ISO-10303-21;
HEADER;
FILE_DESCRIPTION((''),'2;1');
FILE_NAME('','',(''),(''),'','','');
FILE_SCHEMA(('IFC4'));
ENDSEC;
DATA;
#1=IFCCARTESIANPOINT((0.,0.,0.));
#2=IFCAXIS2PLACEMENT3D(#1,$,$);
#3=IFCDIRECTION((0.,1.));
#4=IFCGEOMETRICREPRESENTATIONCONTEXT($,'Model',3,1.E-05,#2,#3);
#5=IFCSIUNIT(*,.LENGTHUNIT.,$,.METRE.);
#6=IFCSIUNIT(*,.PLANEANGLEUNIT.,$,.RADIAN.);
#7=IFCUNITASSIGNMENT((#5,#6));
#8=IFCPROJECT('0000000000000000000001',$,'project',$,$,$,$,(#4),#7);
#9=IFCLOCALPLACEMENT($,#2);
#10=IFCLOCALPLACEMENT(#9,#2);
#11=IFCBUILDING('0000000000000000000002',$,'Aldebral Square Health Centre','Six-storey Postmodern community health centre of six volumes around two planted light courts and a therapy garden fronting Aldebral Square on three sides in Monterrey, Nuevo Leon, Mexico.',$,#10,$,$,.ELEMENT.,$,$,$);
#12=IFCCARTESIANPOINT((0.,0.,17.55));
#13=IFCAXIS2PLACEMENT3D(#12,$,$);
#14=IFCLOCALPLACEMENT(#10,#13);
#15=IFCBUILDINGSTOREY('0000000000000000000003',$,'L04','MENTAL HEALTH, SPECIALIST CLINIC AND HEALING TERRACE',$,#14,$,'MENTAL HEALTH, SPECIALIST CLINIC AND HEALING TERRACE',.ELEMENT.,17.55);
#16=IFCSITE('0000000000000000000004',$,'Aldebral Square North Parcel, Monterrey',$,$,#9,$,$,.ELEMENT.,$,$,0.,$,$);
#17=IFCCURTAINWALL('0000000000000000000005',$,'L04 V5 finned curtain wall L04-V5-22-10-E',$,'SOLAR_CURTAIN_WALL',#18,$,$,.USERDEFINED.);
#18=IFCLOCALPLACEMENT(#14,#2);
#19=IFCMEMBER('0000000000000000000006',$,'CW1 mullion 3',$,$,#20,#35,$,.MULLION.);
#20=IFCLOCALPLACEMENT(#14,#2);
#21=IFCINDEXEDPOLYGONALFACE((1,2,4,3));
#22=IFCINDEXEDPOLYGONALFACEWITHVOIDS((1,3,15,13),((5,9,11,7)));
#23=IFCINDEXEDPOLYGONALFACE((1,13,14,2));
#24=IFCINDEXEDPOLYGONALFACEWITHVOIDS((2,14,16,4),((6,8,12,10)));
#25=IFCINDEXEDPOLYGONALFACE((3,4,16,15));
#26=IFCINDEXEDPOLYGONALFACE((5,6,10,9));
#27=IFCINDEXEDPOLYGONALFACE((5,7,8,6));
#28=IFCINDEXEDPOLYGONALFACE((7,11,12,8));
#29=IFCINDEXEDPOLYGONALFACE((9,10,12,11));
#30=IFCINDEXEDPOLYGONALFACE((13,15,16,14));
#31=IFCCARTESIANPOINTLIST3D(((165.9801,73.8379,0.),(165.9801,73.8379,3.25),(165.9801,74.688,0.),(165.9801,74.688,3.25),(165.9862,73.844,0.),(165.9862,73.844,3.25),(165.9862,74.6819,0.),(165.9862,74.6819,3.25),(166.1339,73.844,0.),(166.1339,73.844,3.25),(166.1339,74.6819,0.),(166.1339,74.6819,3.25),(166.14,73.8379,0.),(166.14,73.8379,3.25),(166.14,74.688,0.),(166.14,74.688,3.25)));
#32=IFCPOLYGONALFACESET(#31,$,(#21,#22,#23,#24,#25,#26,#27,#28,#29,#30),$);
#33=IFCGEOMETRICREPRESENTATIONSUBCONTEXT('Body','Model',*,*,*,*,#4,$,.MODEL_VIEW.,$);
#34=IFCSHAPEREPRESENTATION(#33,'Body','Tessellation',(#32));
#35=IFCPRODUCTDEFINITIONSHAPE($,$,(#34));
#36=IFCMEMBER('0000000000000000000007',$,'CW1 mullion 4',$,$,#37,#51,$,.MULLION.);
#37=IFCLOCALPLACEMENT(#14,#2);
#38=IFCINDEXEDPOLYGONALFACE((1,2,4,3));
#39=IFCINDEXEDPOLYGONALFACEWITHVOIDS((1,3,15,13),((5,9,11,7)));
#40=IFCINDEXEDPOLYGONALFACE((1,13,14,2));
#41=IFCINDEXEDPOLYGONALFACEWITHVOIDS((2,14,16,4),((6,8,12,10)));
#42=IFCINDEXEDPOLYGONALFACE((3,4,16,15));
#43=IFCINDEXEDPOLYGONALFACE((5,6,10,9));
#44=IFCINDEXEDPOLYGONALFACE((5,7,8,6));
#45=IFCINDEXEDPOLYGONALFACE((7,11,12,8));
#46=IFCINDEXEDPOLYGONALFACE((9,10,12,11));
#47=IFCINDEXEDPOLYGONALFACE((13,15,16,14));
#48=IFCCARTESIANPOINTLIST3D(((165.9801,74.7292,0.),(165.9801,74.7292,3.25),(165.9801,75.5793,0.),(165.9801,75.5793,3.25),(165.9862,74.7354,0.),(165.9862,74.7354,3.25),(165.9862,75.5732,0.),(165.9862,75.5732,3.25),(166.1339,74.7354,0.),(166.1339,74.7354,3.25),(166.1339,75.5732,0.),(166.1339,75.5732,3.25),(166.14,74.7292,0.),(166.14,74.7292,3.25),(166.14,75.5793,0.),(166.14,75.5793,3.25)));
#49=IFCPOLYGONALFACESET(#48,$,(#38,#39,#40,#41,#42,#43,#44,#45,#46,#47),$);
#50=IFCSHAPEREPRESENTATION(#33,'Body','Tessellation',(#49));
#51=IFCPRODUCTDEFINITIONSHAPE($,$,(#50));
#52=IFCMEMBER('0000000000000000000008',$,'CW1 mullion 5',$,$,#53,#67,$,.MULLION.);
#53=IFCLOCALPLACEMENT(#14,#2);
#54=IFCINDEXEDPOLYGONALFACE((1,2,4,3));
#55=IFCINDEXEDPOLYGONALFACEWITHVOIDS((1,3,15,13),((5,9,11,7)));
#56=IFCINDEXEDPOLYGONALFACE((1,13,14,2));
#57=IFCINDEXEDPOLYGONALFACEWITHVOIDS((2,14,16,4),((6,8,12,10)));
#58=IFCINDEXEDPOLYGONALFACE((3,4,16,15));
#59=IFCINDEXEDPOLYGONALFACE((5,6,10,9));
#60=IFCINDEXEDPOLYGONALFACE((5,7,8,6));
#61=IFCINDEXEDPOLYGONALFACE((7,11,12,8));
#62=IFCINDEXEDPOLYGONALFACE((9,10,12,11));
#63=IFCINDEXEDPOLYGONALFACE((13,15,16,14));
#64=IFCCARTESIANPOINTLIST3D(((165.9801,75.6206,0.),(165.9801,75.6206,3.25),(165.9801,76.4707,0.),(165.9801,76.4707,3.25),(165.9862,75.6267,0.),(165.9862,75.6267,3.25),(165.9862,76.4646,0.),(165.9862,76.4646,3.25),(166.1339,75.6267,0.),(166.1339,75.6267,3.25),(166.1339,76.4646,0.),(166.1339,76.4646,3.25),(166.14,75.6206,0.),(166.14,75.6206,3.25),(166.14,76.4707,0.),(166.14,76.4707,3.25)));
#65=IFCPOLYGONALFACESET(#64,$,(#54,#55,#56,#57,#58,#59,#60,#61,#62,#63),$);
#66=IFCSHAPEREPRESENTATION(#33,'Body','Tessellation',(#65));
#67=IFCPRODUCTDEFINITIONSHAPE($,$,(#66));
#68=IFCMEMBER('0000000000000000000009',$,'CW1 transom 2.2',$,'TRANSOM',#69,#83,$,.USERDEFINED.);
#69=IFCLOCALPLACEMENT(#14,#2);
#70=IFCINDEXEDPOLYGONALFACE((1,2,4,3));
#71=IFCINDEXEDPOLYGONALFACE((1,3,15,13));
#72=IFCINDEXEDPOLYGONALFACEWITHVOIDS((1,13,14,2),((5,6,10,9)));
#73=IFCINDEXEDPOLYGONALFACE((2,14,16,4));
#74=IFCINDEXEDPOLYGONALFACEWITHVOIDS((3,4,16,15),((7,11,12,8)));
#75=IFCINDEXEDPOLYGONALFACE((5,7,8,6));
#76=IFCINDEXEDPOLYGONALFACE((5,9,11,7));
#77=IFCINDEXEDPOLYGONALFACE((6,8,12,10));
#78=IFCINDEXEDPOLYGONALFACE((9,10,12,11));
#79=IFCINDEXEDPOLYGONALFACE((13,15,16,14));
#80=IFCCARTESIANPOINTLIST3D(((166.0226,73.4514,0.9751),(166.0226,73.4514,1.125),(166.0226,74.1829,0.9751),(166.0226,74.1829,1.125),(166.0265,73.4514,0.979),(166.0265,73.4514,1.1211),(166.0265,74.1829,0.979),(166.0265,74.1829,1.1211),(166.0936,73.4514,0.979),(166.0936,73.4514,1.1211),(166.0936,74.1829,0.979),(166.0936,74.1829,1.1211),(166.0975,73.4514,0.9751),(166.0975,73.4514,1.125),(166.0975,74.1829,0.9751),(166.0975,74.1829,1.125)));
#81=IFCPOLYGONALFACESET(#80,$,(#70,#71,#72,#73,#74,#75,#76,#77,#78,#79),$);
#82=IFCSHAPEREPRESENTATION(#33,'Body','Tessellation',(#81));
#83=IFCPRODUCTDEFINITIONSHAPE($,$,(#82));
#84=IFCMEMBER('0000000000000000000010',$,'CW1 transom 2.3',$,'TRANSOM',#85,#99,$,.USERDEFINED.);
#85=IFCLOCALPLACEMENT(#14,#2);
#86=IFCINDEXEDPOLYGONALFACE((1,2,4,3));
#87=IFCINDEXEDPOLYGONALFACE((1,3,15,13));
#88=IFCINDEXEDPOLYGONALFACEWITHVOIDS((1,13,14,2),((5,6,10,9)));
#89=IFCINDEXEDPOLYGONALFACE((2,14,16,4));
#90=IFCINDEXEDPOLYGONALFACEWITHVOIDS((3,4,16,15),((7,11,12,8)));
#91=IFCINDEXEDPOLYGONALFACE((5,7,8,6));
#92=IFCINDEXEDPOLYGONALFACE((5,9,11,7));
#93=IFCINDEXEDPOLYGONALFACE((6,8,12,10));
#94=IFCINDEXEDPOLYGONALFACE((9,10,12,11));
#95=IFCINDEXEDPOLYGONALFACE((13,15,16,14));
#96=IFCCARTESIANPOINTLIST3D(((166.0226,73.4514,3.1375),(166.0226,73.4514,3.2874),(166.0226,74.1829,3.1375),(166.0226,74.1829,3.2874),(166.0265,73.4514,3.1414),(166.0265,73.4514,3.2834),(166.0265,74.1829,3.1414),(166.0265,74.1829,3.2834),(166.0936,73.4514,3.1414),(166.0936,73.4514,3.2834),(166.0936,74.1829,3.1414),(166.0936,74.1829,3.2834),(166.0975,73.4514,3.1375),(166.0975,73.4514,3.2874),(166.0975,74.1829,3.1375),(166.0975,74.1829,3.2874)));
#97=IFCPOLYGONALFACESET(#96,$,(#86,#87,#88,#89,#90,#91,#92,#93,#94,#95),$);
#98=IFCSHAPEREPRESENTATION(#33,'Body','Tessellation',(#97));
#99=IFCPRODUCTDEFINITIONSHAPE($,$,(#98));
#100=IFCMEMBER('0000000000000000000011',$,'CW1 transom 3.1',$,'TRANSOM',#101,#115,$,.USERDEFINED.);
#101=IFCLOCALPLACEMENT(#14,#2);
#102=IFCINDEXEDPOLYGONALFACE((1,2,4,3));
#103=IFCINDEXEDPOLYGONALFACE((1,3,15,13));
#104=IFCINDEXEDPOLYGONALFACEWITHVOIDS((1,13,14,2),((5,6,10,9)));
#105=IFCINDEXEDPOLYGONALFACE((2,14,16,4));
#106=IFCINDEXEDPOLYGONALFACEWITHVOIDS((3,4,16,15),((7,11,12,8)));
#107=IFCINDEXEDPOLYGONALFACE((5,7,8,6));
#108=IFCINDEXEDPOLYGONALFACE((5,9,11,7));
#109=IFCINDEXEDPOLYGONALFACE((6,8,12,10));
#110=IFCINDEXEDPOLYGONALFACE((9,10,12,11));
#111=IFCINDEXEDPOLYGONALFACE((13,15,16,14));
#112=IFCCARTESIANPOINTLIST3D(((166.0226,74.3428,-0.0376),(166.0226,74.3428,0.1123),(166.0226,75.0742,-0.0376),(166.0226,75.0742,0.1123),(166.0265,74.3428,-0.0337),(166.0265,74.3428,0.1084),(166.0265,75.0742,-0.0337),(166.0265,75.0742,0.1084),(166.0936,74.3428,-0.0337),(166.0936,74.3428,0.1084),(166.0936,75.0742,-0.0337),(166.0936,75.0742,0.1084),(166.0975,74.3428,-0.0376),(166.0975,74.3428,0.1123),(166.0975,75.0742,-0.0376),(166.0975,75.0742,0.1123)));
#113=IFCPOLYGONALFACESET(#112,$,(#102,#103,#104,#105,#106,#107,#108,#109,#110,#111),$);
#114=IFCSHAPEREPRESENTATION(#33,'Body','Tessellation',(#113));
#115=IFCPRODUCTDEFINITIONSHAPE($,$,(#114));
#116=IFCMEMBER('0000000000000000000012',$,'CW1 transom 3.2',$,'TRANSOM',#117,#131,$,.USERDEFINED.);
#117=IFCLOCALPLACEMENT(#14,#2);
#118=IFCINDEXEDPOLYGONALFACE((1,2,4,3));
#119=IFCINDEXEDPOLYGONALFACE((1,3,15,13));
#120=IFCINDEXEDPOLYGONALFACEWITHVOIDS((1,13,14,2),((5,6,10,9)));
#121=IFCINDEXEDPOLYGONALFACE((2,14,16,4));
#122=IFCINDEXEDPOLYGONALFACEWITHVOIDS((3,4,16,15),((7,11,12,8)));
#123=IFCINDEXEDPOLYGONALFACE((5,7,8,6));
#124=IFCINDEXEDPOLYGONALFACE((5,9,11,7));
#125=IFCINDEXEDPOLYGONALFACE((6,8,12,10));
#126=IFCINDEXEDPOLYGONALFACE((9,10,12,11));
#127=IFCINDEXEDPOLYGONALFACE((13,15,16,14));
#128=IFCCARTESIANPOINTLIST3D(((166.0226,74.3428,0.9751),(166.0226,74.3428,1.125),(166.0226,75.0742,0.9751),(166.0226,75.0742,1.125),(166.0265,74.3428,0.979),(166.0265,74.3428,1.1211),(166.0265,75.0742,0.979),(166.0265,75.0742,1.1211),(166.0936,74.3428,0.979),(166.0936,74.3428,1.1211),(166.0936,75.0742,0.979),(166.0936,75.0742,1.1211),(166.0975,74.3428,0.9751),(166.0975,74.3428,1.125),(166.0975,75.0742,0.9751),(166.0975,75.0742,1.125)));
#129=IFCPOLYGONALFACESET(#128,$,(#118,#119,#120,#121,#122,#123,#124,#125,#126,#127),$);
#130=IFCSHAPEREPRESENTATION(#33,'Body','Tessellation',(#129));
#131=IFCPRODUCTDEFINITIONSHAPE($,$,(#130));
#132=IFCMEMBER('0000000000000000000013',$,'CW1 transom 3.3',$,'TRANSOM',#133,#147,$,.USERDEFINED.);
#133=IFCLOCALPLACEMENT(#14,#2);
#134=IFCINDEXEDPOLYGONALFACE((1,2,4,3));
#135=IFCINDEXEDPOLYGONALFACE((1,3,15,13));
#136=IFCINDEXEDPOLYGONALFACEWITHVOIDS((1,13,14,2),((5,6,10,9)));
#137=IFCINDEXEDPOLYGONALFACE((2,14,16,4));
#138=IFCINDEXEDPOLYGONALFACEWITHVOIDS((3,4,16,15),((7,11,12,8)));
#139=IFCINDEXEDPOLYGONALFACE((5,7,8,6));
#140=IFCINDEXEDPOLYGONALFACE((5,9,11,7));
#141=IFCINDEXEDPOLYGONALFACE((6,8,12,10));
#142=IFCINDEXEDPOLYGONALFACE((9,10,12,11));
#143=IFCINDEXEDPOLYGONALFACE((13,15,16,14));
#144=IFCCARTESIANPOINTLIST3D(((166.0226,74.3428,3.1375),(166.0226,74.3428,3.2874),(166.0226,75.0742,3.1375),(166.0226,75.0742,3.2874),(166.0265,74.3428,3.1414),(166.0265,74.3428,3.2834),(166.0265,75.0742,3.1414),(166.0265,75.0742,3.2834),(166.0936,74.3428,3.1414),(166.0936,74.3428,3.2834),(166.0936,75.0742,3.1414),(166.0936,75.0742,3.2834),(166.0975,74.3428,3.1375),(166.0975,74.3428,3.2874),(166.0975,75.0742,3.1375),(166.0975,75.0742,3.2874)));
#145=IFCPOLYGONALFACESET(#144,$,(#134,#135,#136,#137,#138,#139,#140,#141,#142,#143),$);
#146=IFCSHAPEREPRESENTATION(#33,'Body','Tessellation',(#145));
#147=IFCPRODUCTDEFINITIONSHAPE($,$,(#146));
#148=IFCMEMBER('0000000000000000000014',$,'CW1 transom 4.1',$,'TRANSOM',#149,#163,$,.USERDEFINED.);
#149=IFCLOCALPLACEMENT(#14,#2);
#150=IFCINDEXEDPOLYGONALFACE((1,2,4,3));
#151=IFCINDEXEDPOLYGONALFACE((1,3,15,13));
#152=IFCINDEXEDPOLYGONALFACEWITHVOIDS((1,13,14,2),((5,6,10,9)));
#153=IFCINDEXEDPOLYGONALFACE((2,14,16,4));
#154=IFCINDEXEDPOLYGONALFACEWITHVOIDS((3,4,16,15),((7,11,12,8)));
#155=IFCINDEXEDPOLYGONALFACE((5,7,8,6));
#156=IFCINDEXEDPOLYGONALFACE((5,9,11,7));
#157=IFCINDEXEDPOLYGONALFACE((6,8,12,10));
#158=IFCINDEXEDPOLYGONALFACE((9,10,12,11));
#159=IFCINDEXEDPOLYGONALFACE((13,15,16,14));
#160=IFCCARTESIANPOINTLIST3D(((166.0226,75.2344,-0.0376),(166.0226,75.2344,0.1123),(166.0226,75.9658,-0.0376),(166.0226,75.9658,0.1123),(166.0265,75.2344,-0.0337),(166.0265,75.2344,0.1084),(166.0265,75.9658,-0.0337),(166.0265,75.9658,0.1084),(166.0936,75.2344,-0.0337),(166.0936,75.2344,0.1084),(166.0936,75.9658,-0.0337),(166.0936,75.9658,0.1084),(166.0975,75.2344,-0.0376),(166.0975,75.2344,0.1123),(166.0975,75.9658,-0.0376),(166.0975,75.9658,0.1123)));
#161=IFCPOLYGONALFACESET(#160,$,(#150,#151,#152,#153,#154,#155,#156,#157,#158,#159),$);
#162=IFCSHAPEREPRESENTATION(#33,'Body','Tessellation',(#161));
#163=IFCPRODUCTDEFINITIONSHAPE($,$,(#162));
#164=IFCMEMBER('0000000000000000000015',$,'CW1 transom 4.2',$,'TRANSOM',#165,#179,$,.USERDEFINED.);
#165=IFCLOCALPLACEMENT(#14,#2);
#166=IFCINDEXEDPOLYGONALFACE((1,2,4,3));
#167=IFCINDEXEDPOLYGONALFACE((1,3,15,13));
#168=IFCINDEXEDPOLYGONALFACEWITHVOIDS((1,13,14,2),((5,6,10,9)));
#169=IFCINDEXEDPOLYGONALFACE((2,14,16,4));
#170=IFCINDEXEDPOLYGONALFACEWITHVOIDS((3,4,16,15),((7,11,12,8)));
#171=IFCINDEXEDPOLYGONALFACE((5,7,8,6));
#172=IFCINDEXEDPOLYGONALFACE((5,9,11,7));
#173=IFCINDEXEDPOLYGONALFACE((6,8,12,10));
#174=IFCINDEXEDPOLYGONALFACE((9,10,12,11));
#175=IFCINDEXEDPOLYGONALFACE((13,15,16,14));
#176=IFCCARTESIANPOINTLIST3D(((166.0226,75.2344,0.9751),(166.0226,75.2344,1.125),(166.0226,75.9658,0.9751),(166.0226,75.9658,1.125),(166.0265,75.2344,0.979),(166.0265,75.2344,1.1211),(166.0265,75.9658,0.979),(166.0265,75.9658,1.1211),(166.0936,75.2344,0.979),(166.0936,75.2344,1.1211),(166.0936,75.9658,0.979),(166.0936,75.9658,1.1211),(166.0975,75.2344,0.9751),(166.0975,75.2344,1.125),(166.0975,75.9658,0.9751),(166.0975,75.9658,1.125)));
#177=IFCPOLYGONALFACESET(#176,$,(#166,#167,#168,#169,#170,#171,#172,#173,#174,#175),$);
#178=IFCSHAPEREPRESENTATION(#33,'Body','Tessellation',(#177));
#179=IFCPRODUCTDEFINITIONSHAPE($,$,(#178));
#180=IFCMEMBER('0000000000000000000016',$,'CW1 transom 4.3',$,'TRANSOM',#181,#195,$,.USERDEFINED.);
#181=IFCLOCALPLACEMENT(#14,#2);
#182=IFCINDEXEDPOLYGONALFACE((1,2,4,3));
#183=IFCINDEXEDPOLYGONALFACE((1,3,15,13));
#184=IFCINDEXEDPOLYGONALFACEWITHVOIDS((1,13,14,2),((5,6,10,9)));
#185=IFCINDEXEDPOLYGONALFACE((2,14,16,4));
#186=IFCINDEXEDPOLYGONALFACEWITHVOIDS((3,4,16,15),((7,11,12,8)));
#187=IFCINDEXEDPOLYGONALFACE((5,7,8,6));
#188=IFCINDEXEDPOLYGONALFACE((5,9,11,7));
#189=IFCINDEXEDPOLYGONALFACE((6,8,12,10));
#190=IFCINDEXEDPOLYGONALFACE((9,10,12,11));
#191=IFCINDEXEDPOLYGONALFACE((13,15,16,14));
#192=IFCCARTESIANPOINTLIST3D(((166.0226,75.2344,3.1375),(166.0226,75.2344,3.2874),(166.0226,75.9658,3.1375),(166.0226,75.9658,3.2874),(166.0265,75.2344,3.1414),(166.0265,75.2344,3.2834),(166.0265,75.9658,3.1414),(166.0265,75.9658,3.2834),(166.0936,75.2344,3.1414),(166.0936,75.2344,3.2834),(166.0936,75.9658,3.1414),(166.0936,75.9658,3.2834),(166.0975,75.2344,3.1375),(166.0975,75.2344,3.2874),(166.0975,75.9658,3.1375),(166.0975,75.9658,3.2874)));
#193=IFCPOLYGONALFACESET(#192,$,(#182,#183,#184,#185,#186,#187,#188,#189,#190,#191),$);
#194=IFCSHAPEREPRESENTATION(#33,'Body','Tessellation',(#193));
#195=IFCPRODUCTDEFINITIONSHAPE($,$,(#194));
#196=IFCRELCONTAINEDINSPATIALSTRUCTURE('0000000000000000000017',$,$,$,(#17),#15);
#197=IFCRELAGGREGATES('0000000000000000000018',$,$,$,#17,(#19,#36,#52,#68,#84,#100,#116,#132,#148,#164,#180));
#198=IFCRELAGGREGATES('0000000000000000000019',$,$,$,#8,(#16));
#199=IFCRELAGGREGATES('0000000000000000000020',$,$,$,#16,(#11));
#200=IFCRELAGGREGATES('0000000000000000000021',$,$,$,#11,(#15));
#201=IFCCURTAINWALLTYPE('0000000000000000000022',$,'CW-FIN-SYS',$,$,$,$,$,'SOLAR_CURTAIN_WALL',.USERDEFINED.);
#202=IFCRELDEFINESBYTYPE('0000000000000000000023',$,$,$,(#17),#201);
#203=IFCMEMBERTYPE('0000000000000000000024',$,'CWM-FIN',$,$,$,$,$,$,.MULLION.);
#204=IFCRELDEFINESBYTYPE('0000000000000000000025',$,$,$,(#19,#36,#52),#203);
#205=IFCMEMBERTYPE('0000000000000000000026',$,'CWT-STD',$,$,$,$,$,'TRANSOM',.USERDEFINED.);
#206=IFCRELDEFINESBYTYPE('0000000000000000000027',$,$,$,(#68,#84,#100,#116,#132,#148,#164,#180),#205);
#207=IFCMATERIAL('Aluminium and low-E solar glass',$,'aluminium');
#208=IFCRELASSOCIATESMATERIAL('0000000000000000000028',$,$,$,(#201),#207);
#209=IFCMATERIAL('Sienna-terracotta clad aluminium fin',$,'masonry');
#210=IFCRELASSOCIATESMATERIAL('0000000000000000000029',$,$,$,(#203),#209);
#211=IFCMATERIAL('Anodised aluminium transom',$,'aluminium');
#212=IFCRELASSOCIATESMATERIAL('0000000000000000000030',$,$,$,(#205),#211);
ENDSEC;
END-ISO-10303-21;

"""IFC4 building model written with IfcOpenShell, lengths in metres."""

from ifc_helpers import new_model, si_unit, direction, frame, origin, origin_2d, place, context, subcontext, project, spatial, hollow_rectangle, extrude, material, material_profile, profile_set, type_object, element, aggregate, save


model = new_model("IFC4")

# Units and contexts
model_context = context("Model", 3, precision=1e-05, world=origin(), true_north=direction((0.0, 1.0)))
body_context = subcontext(model_context, "Body", "Model", "MODEL_VIEW")
ifc_project = project(units=[si_unit("LENGTHUNIT", "METRE"), si_unit("PLANEANGLEUNIT", "RADIAN")], contexts=[model_context])

# Site, building, storey
site_placement = place(None, origin())
site = spatial("IfcSite", under=ifc_project, at=site_placement, Name="Aldebral Square North Parcel, Monterrey", CompositionType="ELEMENT", RefElevation=0.0)
building_placement = place(site_placement, origin())
building = spatial("IfcBuilding", under=site, at=building_placement, Name="Aldebral Square Health Centre", Description="Six-storey Postmodern community health centre of six volumes around two planted light courts and a therapy garden fronting Aldebral Square on three sides in Monterrey, Nuevo Leon, Mexico.", CompositionType="ELEMENT")
storey_placement = place(building_placement, frame((0.0, 0.0, 17.55)))
storey = spatial("IfcBuildingStorey", under=building, at=storey_placement, Name="L04", Description="MENTAL HEALTH, SPECIALIST CLINIC AND HEALING TERRACE", LongName="MENTAL HEALTH, SPECIALIST CLINIC AND HEALING TERRACE", CompositionType="ELEMENT", Elevation=17.55)

# Curtain wall, members
ifc_material_1 = material(Name="Aluminium and low-E solar glass", Category="aluminium")
curtain_wall_type = type_object("IfcCurtainWallType", Name="CW-FIN-SYS", ElementType="SOLAR_CURTAIN_WALL", PredefinedType="USERDEFINED", material=ifc_material_1)
curtain_wall_placement = place(storey_placement, origin())
curtain_wall = element("IfcCurtainWall", 1, at=curtain_wall_placement, inside=storey, type_object=curtain_wall_type, Name="L04 V5 finned curtain wall L04-V5-22-10-E", ObjectType="SOLAR_CURTAIN_WALL", PredefinedType="USERDEFINED")
ifc_material_2 = material(Name="Sienna-terracotta clad aluminium fin", Category="masonry")
ifc_material_profile_1 = material_profile(ifc_material_2, hollow_rectangle(XDim=0.1599, YDim=0.8501, WallThickness=0.0061, at=origin_2d()), Name="FIN 160x850x6")
ifc_profile_set_1 = profile_set([ifc_material_profile_1], Name="Sienna-terracotta clad aluminium fin")
member_type_1 = type_object("IfcMemberType", Name="CWM-FIN", PredefinedType="MULLION", material=ifc_profile_set_1)
member_1_placement = place(storey_placement, frame((166.0601, 74.2629, 0.0), z_axis=(0.0, 0.0, 1.0), x_axis=(-1.0, 0.0, 0.0)))
member_1 = element("IfcMember", 2, at=member_1_placement, type_object=member_type_1, Name="CW1 mullion 3", PredefinedType="MULLION", context=body_context, shape_type="SweptSolid", body=[
    extrude(hollow_rectangle(XDim=0.1599, YDim=0.8501, WallThickness=0.0061, at=origin_2d()), origin(), (0.0, 0.0, 1.0), 3.25),
])
member_2_placement = place(storey_placement, frame((166.0601, 75.1543, 0.0), z_axis=(0.0, 0.0, 1.0), x_axis=(-1.0, 0.0, 0.0)))
member_2 = element("IfcMember", 3, at=member_2_placement, type_object=member_type_1, Name="CW1 mullion 4", PredefinedType="MULLION", context=body_context, shape_type="SweptSolid", body=[
    extrude(hollow_rectangle(XDim=0.1599, YDim=0.8501, WallThickness=0.0061, at=origin_2d()), origin(), (0.0, 0.0, 1.0), 3.25),
])
member_3_placement = place(storey_placement, frame((166.0601, 76.0457, 0.0), z_axis=(0.0, 0.0, 1.0), x_axis=(-1.0, 0.0, 0.0)))
member_3 = element("IfcMember", 4, at=member_3_placement, type_object=member_type_1, Name="CW1 mullion 5", PredefinedType="MULLION", context=body_context, shape_type="SweptSolid", body=[
    extrude(hollow_rectangle(XDim=0.1599, YDim=0.8501, WallThickness=0.0061, at=origin_2d()), origin(), (0.0, 0.0, 1.0), 3.25),
])
ifc_material_3 = material(Name="Anodised aluminium transom", Category="aluminium")
ifc_material_profile_2 = material_profile(ifc_material_3, hollow_rectangle(XDim=0.075, YDim=0.1499, WallThickness=0.0039, at=origin_2d()), Name="CWT 75x150x4")
ifc_profile_set_2 = profile_set([ifc_material_profile_2], Name="Anodised aluminium transom")
member_type_2 = type_object("IfcMemberType", Name="CWT-STD", ElementType="TRANSOM", PredefinedType="USERDEFINED", material=ifc_profile_set_2)
member_4_placement = place(storey_placement, frame((166.0601, 73.4514, 1.05), z_axis=(0.0, 1.0, 0.0), x_axis=(-1.0, 0.0, 0.0)))
member_4 = element("IfcMember", 5, at=member_4_placement, type_object=member_type_2, Name="CW1 transom 2.2", ObjectType="TRANSOM", PredefinedType="USERDEFINED", context=body_context, shape_type="SweptSolid", body=[
    extrude(hollow_rectangle(XDim=0.075, YDim=0.1499, WallThickness=0.0039, at=origin_2d()), origin(), (0.0, 0.0, 1.0), 0.7314),
])
member_5_placement = place(storey_placement, frame((166.0601, 73.4514, 3.2124), z_axis=(0.0, 1.0, 0.0), x_axis=(-1.0, 0.0, 0.0)))
member_5 = element("IfcMember", 6, at=member_5_placement, type_object=member_type_2, Name="CW1 transom 2.3", ObjectType="TRANSOM", PredefinedType="USERDEFINED", context=body_context, shape_type="SweptSolid", body=[
    extrude(hollow_rectangle(XDim=0.075, YDim=0.1499, WallThickness=0.0039, at=origin_2d()), origin(), (0.0, 0.0, 1.0), 0.7314),
])
member_6_placement = place(storey_placement, frame((166.0601, 74.3428, 0.0374), z_axis=(0.0, 1.0, 0.0), x_axis=(-1.0, 0.0, 0.0)))
member_6 = element("IfcMember", 7, at=member_6_placement, type_object=member_type_2, Name="CW1 transom 3.1", ObjectType="TRANSOM", PredefinedType="USERDEFINED", context=body_context, shape_type="SweptSolid", body=[
    extrude(hollow_rectangle(XDim=0.075, YDim=0.1499, WallThickness=0.0039, at=origin_2d()), origin(), (0.0, 0.0, 1.0), 0.7314),
])
member_7_placement = place(storey_placement, frame((166.0601, 74.3428, 1.05), z_axis=(0.0, 1.0, 0.0), x_axis=(-1.0, 0.0, 0.0)))
member_7 = element("IfcMember", 8, at=member_7_placement, type_object=member_type_2, Name="CW1 transom 3.2", ObjectType="TRANSOM", PredefinedType="USERDEFINED", context=body_context, shape_type="SweptSolid", body=[
    extrude(hollow_rectangle(XDim=0.075, YDim=0.1499, WallThickness=0.0039, at=origin_2d()), origin(), (0.0, 0.0, 1.0), 0.7314),
])
member_8_placement = place(storey_placement, frame((166.0601, 74.3428, 3.2124), z_axis=(0.0, 1.0, 0.0), x_axis=(-1.0, 0.0, 0.0)))
member_8 = element("IfcMember", 9, at=member_8_placement, type_object=member_type_2, Name="CW1 transom 3.3", ObjectType="TRANSOM", PredefinedType="USERDEFINED", context=body_context, shape_type="SweptSolid", body=[
    extrude(hollow_rectangle(XDim=0.075, YDim=0.1499, WallThickness=0.0039, at=origin_2d()), origin(), (0.0, 0.0, 1.0), 0.7314),
])
member_9_placement = place(storey_placement, frame((166.0601, 75.2344, 0.0374), z_axis=(0.0, 1.0, 0.0), x_axis=(-1.0, 0.0, 0.0)))
member_9 = element("IfcMember", 10, at=member_9_placement, type_object=member_type_2, Name="CW1 transom 4.1", ObjectType="TRANSOM", PredefinedType="USERDEFINED", context=body_context, shape_type="SweptSolid", body=[
    extrude(hollow_rectangle(XDim=0.075, YDim=0.1499, WallThickness=0.0039, at=origin_2d()), origin(), (0.0, 0.0, 1.0), 0.7314),
])
member_10_placement = place(storey_placement, frame((166.0601, 75.2344, 1.05), z_axis=(0.0, 1.0, 0.0), x_axis=(-1.0, 0.0, 0.0)))
member_10 = element("IfcMember", 11, at=member_10_placement, type_object=member_type_2, Name="CW1 transom 4.2", ObjectType="TRANSOM", PredefinedType="USERDEFINED", context=body_context, shape_type="SweptSolid", body=[
    extrude(hollow_rectangle(XDim=0.075, YDim=0.1499, WallThickness=0.0039, at=origin_2d()), origin(), (0.0, 0.0, 1.0), 0.7314),
])
member_11_placement = place(storey_placement, frame((166.0601, 75.2344, 3.2124), z_axis=(0.0, 1.0, 0.0), x_axis=(-1.0, 0.0, 0.0)))
member_11 = element("IfcMember", 12, at=member_11_placement, type_object=member_type_2, Name="CW1 transom 4.3", ObjectType="TRANSOM", PredefinedType="USERDEFINED", context=body_context, shape_type="SweptSolid", body=[
    extrude(hollow_rectangle(XDim=0.075, YDim=0.1499, WallThickness=0.0039, at=origin_2d()), origin(), (0.0, 0.0, 1.0), 0.7314),
])
aggregate(curtain_wall, [member_1, member_2, member_3, member_4, member_5, member_6, member_7, member_8, member_9, member_10, member_11])

save(model, "model.ifc")
